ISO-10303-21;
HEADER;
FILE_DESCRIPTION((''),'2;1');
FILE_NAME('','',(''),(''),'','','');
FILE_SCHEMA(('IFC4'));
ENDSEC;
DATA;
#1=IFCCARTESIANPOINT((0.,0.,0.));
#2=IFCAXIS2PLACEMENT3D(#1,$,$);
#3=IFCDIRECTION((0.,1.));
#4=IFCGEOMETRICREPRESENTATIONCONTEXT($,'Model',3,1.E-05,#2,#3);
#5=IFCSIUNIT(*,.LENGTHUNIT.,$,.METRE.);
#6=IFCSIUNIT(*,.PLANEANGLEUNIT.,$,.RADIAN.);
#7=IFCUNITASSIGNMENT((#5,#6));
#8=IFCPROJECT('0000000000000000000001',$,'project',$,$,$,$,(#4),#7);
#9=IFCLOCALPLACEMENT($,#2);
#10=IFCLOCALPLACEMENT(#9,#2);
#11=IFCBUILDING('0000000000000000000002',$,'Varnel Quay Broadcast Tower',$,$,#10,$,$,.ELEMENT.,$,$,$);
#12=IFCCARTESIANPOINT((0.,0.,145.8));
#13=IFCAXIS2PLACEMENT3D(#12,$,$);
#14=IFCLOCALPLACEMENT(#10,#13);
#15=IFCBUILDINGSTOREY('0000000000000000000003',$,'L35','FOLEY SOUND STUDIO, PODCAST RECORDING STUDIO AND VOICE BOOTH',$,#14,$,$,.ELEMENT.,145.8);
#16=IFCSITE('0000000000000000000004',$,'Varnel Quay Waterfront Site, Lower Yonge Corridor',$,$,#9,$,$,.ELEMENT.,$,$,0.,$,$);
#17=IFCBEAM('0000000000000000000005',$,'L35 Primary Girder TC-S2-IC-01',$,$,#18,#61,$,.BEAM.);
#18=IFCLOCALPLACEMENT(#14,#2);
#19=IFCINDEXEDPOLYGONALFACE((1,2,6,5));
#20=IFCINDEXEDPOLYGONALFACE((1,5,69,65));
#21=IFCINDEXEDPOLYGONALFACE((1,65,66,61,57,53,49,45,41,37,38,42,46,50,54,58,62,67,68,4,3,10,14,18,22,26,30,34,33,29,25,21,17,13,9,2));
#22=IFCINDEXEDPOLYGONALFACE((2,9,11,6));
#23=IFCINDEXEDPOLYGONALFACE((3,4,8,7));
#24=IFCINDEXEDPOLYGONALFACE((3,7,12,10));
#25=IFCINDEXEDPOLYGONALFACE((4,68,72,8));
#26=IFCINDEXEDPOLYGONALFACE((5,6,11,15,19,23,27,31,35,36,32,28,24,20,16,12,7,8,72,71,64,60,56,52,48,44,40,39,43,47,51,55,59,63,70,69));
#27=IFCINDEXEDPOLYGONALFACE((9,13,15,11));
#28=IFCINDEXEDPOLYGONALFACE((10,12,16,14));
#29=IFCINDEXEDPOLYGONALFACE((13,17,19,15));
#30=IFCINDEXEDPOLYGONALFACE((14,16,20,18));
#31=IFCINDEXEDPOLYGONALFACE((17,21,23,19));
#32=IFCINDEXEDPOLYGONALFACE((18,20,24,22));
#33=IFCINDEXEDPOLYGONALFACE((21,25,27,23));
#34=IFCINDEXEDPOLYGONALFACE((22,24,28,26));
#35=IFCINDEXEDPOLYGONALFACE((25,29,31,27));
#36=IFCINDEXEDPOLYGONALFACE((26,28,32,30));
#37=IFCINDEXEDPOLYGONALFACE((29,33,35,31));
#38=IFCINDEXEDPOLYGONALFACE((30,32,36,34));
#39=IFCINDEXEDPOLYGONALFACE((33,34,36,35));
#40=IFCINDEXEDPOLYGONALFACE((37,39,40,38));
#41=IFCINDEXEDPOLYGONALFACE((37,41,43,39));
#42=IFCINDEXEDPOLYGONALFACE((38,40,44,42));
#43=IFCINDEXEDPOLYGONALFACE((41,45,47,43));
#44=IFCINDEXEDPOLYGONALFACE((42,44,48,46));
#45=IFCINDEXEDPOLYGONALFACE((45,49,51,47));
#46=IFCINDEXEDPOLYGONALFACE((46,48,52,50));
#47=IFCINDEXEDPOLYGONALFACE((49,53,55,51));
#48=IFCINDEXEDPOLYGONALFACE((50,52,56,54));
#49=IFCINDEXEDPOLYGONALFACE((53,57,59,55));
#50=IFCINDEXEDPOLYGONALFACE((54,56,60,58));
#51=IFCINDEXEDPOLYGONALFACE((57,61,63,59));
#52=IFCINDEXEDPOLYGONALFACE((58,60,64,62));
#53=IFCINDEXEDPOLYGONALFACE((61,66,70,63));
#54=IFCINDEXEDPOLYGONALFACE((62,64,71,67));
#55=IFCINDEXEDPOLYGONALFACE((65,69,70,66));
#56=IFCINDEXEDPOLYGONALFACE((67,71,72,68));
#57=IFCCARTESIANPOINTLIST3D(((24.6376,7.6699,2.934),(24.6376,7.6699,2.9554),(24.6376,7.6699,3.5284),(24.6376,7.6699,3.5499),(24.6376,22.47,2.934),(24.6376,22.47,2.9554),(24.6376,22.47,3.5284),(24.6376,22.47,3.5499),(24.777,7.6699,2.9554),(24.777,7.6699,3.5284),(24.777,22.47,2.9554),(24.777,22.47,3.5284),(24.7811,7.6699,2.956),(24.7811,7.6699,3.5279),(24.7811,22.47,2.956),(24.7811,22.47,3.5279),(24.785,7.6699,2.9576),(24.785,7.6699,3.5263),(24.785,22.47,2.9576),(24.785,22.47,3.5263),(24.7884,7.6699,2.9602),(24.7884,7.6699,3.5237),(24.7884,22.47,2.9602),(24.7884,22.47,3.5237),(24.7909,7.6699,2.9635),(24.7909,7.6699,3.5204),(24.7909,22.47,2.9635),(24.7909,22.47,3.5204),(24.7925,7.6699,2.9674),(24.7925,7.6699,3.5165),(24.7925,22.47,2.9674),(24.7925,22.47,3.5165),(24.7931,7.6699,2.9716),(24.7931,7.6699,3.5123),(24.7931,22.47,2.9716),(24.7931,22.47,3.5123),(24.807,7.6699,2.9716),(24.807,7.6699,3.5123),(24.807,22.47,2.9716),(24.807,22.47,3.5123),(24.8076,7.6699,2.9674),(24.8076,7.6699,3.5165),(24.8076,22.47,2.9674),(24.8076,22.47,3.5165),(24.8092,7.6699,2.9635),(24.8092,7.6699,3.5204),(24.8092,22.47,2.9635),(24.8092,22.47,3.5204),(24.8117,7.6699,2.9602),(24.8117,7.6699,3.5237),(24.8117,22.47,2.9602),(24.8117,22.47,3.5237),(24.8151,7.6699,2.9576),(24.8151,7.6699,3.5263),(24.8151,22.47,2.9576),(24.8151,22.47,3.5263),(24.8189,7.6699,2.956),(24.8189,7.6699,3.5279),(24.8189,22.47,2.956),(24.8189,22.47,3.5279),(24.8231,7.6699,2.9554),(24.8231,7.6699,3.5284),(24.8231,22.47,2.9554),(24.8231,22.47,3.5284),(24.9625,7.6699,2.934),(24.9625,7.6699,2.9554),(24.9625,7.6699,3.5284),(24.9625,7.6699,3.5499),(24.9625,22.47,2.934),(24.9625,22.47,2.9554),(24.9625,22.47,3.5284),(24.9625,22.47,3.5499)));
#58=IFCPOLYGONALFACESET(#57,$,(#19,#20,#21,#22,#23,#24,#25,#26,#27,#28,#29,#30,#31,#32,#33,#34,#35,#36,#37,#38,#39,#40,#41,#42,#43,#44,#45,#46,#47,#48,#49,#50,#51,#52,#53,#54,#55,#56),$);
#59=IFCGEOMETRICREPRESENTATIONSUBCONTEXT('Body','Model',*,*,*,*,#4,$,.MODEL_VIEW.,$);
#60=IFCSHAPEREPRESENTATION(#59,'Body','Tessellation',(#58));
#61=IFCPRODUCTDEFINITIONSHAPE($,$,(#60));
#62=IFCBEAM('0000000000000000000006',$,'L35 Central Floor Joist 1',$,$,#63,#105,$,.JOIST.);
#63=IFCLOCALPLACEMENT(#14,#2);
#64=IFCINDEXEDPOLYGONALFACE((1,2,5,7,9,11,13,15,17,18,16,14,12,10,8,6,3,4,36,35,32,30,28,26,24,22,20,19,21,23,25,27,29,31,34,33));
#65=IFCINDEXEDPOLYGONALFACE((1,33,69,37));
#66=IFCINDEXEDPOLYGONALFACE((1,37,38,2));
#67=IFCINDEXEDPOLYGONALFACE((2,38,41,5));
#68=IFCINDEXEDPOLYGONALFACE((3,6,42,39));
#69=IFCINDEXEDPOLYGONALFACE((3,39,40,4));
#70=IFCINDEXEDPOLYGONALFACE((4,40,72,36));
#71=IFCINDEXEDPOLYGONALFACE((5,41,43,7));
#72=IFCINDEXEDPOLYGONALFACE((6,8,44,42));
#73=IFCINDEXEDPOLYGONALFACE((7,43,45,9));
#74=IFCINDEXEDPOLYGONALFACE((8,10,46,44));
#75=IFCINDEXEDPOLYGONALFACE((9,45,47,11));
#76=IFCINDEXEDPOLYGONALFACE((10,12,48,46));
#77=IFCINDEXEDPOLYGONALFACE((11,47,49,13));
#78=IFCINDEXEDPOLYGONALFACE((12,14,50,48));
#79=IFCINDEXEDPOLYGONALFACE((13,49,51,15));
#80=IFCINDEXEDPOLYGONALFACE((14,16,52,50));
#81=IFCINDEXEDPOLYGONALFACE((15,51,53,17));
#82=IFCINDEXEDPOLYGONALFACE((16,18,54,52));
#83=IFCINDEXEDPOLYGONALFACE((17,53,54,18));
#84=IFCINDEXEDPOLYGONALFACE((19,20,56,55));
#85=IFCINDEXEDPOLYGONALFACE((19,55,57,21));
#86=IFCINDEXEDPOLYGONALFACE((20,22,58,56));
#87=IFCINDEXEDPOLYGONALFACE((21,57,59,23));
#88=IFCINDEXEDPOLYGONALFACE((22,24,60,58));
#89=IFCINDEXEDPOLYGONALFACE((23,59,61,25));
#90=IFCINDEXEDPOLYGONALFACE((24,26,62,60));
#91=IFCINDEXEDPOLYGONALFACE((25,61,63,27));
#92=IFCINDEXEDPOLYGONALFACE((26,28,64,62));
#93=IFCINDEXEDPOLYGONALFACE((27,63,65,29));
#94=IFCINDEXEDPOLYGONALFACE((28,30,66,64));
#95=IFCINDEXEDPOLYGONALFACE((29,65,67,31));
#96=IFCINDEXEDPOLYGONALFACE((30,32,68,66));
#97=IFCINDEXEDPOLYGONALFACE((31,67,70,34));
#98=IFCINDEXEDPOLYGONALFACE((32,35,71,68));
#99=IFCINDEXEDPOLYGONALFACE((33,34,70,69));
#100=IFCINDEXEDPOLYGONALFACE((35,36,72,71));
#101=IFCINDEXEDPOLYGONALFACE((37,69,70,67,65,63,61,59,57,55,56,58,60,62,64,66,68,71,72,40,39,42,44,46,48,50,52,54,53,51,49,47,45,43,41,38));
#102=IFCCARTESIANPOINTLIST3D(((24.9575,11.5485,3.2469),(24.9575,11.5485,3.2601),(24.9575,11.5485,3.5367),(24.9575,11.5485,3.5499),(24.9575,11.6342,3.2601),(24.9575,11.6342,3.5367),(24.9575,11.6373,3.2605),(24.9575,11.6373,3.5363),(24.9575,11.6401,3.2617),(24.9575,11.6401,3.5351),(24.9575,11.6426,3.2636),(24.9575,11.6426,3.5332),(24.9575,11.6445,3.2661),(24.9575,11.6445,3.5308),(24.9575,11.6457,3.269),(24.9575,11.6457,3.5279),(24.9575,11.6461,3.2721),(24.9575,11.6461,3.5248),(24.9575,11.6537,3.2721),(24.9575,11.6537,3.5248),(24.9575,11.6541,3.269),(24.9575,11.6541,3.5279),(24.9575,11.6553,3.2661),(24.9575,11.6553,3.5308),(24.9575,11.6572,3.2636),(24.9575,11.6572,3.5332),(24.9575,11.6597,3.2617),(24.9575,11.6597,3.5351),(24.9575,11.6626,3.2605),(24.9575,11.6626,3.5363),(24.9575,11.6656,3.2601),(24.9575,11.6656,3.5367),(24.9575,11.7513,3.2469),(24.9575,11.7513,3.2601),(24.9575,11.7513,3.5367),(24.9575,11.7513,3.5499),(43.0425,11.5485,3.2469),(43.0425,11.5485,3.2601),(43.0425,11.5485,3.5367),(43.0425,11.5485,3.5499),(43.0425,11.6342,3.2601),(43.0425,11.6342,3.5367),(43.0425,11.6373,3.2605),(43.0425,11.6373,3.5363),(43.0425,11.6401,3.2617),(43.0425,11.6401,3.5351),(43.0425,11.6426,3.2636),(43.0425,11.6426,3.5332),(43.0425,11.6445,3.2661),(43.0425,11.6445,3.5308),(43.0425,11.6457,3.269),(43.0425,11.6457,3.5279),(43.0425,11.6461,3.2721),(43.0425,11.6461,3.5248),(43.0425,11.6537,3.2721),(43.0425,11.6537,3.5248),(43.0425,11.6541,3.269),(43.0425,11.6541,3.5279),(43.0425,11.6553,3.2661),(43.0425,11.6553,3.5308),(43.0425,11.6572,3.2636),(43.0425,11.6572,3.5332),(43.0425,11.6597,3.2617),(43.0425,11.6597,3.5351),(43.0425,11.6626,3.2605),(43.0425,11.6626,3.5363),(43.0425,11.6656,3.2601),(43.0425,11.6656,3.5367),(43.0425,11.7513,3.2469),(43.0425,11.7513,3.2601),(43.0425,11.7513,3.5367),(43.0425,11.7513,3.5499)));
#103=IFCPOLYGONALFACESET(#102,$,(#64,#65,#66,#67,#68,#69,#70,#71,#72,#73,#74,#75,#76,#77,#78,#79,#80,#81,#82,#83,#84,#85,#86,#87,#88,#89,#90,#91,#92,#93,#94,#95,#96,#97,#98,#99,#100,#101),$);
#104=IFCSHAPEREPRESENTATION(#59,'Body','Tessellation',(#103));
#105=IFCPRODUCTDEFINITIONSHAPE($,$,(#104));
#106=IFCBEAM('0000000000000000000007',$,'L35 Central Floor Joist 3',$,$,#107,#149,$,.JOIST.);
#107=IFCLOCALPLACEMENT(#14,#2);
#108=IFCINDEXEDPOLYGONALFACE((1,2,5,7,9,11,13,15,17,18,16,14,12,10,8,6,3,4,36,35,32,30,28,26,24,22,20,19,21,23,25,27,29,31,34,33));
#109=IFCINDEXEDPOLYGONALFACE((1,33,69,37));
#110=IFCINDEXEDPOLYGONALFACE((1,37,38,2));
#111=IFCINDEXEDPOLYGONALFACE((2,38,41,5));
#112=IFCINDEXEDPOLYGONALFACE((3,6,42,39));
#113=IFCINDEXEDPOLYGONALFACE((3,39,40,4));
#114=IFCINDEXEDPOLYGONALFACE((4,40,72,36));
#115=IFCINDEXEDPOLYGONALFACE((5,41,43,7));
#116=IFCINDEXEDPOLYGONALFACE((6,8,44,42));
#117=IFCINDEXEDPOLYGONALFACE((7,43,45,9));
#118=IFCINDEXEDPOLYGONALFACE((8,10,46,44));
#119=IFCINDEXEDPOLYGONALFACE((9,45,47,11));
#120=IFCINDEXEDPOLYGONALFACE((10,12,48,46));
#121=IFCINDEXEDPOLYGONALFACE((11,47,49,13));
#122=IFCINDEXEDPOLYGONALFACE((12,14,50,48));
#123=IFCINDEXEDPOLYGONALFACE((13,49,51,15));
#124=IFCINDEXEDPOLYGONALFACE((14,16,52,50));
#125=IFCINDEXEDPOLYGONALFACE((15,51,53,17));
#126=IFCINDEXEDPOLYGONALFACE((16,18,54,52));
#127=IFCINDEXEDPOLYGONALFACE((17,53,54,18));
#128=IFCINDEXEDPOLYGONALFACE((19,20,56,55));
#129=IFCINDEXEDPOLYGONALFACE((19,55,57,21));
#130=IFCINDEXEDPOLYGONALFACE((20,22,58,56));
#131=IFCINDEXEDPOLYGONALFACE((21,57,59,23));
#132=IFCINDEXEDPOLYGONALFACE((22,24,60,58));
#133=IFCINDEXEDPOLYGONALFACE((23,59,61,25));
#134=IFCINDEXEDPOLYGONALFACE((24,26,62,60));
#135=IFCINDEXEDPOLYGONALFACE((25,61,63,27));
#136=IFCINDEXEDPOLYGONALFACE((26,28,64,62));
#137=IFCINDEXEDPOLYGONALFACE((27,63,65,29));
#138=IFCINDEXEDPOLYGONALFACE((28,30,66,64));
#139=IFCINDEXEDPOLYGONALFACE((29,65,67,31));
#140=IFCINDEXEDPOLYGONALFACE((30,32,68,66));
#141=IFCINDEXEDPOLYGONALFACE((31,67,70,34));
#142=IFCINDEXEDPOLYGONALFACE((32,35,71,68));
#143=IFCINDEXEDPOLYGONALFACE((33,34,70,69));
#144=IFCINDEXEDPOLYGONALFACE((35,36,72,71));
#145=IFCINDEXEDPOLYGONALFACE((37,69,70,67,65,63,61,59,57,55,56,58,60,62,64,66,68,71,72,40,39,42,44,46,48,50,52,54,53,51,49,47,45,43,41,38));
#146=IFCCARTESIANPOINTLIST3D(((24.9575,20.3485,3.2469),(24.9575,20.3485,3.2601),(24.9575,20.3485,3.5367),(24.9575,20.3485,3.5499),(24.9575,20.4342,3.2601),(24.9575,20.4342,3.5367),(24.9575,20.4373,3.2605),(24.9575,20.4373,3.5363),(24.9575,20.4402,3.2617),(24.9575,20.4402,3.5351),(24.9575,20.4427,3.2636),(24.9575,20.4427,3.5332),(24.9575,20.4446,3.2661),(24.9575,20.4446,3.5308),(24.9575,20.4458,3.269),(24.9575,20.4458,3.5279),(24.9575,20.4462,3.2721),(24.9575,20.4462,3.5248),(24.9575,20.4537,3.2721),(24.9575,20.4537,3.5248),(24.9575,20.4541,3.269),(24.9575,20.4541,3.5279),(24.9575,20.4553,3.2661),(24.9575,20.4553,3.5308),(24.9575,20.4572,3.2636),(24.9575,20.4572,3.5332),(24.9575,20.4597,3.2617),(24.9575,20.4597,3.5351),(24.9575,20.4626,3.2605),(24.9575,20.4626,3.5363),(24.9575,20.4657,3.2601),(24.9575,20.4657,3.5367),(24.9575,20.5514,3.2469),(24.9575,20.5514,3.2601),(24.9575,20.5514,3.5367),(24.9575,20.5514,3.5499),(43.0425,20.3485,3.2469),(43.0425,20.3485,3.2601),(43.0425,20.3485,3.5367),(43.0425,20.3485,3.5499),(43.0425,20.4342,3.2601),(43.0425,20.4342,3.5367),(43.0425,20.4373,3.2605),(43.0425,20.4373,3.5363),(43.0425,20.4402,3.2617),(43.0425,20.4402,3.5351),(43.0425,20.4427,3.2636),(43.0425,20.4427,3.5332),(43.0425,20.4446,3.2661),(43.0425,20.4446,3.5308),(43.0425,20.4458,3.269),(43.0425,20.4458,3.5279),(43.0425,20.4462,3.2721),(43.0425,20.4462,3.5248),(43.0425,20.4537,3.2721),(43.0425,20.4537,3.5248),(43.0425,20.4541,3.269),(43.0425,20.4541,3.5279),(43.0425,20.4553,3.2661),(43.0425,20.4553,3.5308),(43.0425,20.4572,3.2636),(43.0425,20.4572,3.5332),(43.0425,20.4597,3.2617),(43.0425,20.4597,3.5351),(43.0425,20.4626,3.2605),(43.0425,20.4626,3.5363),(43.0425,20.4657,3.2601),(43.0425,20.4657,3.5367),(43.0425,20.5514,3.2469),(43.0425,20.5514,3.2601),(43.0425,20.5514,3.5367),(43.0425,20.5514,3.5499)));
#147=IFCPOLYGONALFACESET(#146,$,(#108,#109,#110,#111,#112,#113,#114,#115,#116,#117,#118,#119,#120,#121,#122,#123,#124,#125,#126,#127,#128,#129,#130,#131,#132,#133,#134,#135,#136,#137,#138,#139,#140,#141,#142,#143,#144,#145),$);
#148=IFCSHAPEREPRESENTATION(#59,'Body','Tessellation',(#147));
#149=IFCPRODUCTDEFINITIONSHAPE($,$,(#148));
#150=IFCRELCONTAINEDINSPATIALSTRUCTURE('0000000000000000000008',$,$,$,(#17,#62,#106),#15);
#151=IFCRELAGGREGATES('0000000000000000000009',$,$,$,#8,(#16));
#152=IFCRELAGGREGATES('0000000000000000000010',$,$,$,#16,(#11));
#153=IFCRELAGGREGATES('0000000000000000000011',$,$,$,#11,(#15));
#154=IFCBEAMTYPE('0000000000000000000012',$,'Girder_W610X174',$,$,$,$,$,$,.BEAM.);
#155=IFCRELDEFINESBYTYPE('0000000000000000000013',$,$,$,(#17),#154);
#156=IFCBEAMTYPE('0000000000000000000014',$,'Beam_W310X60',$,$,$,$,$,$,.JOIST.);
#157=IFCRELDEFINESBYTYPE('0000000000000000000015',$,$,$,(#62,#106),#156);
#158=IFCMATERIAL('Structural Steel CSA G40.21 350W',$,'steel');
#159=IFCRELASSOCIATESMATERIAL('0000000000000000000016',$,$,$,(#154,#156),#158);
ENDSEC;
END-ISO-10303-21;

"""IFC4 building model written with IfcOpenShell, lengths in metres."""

from ifc_helpers import new_model, si_unit, direction, frame, origin, origin_2d, place, context, subcontext, project, spatial, i_section, extrude, source, transform, mapped, material, material_profile, profile_set, type_object, type_shapes, element, save


model = new_model("IFC4")

# Units and contexts
model_context = context("Model", 3, precision=1e-05, world=origin(), true_north=direction((0.0, 1.0)))
body_context = subcontext(model_context, "Body", "Model", "MODEL_VIEW")
ifc_project = project(units=[si_unit("LENGTHUNIT", "METRE"), si_unit("PLANEANGLEUNIT", "RADIAN")], contexts=[model_context])

# Site, building, storey
site_placement = place(None, origin())
site = spatial("IfcSite", under=ifc_project, at=site_placement, Name="Varnel Quay Waterfront Site, Lower Yonge Corridor", CompositionType="ELEMENT", RefElevation=0.0)
building_placement = place(site_placement, origin())
building = spatial("IfcBuilding", under=site, at=building_placement, Name="Varnel Quay Broadcast Tower", CompositionType="ELEMENT")
storey_placement = place(building_placement, frame((0.0, 0.0, 145.8)))
storey = spatial("IfcBuildingStorey", under=building, at=storey_placement, Name="L35", Description="FOLEY SOUND STUDIO, PODCAST RECORDING STUDIO AND VOICE BOOTH", CompositionType="ELEMENT", Elevation=145.8)

# Shared definitions
ifc_material_1 = material(Name="Structural Steel CSA G40.21 350W", Category="steel")

# Beams
ifc_material_profile_1 = material_profile(ifc_material_1, i_section(OverallWidth=0.325, OverallDepth=0.616, WebThickness=0.0139, FlangeThickness=0.0215, FilletRadius=0.0161, at=origin_2d()), Name="W610X174")
ifc_profile_set_1 = profile_set([ifc_material_profile_1], Name="Structural Steel CSA G40.21 350W")
beam_type_1 = type_object("IfcBeamType", Name="Girder_W610X174", PredefinedType="BEAM", material=ifc_profile_set_1)
shared_shape_1 = source(origin(), body_context, "Body", "SweptSolid", [
    extrude(i_section(OverallWidth=0.325, OverallDepth=0.616, WebThickness=0.0139, FlangeThickness=0.0215, FilletRadius=0.0161, at=origin_2d()), origin(), (0.0, 0.0, 1.0), 14.8),
])
type_shapes(beam_type_1, [shared_shape_1])
beam_1_placement = place(storey_placement, frame((24.8, 7.6699, 3.2419), z_axis=(0.0, 1.0, 0.0), x_axis=(-1.0, 0.0, 0.0)))
element("IfcBeam", 1, at=beam_1_placement, inside=storey, type_object=beam_type_1, Name="L35 Primary Girder TC-S2-IC-01", PredefinedType="BEAM", context=body_context, shape_type="MappedRepresentation", body=[
    mapped(shared_shape_1, transform((0.0, 0.0, 0.0), x_axis=(1.0, 0.0, 0.0), y_axis=(0.0, 1.0, 0.0), z_axis=(0.0, 0.0, 1.0), scale=1.0)),
])
ifc_material_profile_2 = material_profile(ifc_material_1, i_section(OverallWidth=0.2029, OverallDepth=0.303, WebThickness=0.0076, FlangeThickness=0.0132, FilletRadius=0.012, at=origin_2d()), Name="W310X60")
ifc_profile_set_2 = profile_set([ifc_material_profile_2], Name="Structural Steel CSA G40.21 350W")
beam_type_2 = type_object("IfcBeamType", Name="Beam_W310X60", PredefinedType="JOIST", material=ifc_profile_set_2)
shared_shape_2 = source(origin(), body_context, "Body", "SweptSolid", [
    extrude(i_section(OverallWidth=0.2029, OverallDepth=0.303, WebThickness=0.0076, FlangeThickness=0.0132, FilletRadius=0.012, at=origin_2d()), origin(), (0.0, 0.0, 1.0), 18.085),
])
type_shapes(beam_type_2, [shared_shape_2])
for number, where, z_axis, x_axis, name in (
    (2, (24.9575, 11.6499, 3.3984), (1.0, 0.0, 0.0), (0.0, 1.0, 0.0), "L35 Central Floor Joist 1"),
    (3, (24.9575, 20.45, 3.3984), (1.0, 0.0, 0.0), (0.0, 1.0, 0.0), "L35 Central Floor Joist 3"),
):
    element("IfcBeam", number, at=place(storey_placement, frame(where, z_axis=z_axis, x_axis=x_axis)), inside=storey, type_object=beam_type_2, Name=name, PredefinedType="JOIST", context=body_context, shape_type="MappedRepresentation", body=[
        mapped(shared_shape_2, transform((0.0, 0.0, 0.0), x_axis=(1.0, 0.0, 0.0), y_axis=(0.0, 1.0, 0.0), z_axis=(0.0, 0.0, 1.0), scale=1.0)),
    ])

save(model, "model.ifc")
